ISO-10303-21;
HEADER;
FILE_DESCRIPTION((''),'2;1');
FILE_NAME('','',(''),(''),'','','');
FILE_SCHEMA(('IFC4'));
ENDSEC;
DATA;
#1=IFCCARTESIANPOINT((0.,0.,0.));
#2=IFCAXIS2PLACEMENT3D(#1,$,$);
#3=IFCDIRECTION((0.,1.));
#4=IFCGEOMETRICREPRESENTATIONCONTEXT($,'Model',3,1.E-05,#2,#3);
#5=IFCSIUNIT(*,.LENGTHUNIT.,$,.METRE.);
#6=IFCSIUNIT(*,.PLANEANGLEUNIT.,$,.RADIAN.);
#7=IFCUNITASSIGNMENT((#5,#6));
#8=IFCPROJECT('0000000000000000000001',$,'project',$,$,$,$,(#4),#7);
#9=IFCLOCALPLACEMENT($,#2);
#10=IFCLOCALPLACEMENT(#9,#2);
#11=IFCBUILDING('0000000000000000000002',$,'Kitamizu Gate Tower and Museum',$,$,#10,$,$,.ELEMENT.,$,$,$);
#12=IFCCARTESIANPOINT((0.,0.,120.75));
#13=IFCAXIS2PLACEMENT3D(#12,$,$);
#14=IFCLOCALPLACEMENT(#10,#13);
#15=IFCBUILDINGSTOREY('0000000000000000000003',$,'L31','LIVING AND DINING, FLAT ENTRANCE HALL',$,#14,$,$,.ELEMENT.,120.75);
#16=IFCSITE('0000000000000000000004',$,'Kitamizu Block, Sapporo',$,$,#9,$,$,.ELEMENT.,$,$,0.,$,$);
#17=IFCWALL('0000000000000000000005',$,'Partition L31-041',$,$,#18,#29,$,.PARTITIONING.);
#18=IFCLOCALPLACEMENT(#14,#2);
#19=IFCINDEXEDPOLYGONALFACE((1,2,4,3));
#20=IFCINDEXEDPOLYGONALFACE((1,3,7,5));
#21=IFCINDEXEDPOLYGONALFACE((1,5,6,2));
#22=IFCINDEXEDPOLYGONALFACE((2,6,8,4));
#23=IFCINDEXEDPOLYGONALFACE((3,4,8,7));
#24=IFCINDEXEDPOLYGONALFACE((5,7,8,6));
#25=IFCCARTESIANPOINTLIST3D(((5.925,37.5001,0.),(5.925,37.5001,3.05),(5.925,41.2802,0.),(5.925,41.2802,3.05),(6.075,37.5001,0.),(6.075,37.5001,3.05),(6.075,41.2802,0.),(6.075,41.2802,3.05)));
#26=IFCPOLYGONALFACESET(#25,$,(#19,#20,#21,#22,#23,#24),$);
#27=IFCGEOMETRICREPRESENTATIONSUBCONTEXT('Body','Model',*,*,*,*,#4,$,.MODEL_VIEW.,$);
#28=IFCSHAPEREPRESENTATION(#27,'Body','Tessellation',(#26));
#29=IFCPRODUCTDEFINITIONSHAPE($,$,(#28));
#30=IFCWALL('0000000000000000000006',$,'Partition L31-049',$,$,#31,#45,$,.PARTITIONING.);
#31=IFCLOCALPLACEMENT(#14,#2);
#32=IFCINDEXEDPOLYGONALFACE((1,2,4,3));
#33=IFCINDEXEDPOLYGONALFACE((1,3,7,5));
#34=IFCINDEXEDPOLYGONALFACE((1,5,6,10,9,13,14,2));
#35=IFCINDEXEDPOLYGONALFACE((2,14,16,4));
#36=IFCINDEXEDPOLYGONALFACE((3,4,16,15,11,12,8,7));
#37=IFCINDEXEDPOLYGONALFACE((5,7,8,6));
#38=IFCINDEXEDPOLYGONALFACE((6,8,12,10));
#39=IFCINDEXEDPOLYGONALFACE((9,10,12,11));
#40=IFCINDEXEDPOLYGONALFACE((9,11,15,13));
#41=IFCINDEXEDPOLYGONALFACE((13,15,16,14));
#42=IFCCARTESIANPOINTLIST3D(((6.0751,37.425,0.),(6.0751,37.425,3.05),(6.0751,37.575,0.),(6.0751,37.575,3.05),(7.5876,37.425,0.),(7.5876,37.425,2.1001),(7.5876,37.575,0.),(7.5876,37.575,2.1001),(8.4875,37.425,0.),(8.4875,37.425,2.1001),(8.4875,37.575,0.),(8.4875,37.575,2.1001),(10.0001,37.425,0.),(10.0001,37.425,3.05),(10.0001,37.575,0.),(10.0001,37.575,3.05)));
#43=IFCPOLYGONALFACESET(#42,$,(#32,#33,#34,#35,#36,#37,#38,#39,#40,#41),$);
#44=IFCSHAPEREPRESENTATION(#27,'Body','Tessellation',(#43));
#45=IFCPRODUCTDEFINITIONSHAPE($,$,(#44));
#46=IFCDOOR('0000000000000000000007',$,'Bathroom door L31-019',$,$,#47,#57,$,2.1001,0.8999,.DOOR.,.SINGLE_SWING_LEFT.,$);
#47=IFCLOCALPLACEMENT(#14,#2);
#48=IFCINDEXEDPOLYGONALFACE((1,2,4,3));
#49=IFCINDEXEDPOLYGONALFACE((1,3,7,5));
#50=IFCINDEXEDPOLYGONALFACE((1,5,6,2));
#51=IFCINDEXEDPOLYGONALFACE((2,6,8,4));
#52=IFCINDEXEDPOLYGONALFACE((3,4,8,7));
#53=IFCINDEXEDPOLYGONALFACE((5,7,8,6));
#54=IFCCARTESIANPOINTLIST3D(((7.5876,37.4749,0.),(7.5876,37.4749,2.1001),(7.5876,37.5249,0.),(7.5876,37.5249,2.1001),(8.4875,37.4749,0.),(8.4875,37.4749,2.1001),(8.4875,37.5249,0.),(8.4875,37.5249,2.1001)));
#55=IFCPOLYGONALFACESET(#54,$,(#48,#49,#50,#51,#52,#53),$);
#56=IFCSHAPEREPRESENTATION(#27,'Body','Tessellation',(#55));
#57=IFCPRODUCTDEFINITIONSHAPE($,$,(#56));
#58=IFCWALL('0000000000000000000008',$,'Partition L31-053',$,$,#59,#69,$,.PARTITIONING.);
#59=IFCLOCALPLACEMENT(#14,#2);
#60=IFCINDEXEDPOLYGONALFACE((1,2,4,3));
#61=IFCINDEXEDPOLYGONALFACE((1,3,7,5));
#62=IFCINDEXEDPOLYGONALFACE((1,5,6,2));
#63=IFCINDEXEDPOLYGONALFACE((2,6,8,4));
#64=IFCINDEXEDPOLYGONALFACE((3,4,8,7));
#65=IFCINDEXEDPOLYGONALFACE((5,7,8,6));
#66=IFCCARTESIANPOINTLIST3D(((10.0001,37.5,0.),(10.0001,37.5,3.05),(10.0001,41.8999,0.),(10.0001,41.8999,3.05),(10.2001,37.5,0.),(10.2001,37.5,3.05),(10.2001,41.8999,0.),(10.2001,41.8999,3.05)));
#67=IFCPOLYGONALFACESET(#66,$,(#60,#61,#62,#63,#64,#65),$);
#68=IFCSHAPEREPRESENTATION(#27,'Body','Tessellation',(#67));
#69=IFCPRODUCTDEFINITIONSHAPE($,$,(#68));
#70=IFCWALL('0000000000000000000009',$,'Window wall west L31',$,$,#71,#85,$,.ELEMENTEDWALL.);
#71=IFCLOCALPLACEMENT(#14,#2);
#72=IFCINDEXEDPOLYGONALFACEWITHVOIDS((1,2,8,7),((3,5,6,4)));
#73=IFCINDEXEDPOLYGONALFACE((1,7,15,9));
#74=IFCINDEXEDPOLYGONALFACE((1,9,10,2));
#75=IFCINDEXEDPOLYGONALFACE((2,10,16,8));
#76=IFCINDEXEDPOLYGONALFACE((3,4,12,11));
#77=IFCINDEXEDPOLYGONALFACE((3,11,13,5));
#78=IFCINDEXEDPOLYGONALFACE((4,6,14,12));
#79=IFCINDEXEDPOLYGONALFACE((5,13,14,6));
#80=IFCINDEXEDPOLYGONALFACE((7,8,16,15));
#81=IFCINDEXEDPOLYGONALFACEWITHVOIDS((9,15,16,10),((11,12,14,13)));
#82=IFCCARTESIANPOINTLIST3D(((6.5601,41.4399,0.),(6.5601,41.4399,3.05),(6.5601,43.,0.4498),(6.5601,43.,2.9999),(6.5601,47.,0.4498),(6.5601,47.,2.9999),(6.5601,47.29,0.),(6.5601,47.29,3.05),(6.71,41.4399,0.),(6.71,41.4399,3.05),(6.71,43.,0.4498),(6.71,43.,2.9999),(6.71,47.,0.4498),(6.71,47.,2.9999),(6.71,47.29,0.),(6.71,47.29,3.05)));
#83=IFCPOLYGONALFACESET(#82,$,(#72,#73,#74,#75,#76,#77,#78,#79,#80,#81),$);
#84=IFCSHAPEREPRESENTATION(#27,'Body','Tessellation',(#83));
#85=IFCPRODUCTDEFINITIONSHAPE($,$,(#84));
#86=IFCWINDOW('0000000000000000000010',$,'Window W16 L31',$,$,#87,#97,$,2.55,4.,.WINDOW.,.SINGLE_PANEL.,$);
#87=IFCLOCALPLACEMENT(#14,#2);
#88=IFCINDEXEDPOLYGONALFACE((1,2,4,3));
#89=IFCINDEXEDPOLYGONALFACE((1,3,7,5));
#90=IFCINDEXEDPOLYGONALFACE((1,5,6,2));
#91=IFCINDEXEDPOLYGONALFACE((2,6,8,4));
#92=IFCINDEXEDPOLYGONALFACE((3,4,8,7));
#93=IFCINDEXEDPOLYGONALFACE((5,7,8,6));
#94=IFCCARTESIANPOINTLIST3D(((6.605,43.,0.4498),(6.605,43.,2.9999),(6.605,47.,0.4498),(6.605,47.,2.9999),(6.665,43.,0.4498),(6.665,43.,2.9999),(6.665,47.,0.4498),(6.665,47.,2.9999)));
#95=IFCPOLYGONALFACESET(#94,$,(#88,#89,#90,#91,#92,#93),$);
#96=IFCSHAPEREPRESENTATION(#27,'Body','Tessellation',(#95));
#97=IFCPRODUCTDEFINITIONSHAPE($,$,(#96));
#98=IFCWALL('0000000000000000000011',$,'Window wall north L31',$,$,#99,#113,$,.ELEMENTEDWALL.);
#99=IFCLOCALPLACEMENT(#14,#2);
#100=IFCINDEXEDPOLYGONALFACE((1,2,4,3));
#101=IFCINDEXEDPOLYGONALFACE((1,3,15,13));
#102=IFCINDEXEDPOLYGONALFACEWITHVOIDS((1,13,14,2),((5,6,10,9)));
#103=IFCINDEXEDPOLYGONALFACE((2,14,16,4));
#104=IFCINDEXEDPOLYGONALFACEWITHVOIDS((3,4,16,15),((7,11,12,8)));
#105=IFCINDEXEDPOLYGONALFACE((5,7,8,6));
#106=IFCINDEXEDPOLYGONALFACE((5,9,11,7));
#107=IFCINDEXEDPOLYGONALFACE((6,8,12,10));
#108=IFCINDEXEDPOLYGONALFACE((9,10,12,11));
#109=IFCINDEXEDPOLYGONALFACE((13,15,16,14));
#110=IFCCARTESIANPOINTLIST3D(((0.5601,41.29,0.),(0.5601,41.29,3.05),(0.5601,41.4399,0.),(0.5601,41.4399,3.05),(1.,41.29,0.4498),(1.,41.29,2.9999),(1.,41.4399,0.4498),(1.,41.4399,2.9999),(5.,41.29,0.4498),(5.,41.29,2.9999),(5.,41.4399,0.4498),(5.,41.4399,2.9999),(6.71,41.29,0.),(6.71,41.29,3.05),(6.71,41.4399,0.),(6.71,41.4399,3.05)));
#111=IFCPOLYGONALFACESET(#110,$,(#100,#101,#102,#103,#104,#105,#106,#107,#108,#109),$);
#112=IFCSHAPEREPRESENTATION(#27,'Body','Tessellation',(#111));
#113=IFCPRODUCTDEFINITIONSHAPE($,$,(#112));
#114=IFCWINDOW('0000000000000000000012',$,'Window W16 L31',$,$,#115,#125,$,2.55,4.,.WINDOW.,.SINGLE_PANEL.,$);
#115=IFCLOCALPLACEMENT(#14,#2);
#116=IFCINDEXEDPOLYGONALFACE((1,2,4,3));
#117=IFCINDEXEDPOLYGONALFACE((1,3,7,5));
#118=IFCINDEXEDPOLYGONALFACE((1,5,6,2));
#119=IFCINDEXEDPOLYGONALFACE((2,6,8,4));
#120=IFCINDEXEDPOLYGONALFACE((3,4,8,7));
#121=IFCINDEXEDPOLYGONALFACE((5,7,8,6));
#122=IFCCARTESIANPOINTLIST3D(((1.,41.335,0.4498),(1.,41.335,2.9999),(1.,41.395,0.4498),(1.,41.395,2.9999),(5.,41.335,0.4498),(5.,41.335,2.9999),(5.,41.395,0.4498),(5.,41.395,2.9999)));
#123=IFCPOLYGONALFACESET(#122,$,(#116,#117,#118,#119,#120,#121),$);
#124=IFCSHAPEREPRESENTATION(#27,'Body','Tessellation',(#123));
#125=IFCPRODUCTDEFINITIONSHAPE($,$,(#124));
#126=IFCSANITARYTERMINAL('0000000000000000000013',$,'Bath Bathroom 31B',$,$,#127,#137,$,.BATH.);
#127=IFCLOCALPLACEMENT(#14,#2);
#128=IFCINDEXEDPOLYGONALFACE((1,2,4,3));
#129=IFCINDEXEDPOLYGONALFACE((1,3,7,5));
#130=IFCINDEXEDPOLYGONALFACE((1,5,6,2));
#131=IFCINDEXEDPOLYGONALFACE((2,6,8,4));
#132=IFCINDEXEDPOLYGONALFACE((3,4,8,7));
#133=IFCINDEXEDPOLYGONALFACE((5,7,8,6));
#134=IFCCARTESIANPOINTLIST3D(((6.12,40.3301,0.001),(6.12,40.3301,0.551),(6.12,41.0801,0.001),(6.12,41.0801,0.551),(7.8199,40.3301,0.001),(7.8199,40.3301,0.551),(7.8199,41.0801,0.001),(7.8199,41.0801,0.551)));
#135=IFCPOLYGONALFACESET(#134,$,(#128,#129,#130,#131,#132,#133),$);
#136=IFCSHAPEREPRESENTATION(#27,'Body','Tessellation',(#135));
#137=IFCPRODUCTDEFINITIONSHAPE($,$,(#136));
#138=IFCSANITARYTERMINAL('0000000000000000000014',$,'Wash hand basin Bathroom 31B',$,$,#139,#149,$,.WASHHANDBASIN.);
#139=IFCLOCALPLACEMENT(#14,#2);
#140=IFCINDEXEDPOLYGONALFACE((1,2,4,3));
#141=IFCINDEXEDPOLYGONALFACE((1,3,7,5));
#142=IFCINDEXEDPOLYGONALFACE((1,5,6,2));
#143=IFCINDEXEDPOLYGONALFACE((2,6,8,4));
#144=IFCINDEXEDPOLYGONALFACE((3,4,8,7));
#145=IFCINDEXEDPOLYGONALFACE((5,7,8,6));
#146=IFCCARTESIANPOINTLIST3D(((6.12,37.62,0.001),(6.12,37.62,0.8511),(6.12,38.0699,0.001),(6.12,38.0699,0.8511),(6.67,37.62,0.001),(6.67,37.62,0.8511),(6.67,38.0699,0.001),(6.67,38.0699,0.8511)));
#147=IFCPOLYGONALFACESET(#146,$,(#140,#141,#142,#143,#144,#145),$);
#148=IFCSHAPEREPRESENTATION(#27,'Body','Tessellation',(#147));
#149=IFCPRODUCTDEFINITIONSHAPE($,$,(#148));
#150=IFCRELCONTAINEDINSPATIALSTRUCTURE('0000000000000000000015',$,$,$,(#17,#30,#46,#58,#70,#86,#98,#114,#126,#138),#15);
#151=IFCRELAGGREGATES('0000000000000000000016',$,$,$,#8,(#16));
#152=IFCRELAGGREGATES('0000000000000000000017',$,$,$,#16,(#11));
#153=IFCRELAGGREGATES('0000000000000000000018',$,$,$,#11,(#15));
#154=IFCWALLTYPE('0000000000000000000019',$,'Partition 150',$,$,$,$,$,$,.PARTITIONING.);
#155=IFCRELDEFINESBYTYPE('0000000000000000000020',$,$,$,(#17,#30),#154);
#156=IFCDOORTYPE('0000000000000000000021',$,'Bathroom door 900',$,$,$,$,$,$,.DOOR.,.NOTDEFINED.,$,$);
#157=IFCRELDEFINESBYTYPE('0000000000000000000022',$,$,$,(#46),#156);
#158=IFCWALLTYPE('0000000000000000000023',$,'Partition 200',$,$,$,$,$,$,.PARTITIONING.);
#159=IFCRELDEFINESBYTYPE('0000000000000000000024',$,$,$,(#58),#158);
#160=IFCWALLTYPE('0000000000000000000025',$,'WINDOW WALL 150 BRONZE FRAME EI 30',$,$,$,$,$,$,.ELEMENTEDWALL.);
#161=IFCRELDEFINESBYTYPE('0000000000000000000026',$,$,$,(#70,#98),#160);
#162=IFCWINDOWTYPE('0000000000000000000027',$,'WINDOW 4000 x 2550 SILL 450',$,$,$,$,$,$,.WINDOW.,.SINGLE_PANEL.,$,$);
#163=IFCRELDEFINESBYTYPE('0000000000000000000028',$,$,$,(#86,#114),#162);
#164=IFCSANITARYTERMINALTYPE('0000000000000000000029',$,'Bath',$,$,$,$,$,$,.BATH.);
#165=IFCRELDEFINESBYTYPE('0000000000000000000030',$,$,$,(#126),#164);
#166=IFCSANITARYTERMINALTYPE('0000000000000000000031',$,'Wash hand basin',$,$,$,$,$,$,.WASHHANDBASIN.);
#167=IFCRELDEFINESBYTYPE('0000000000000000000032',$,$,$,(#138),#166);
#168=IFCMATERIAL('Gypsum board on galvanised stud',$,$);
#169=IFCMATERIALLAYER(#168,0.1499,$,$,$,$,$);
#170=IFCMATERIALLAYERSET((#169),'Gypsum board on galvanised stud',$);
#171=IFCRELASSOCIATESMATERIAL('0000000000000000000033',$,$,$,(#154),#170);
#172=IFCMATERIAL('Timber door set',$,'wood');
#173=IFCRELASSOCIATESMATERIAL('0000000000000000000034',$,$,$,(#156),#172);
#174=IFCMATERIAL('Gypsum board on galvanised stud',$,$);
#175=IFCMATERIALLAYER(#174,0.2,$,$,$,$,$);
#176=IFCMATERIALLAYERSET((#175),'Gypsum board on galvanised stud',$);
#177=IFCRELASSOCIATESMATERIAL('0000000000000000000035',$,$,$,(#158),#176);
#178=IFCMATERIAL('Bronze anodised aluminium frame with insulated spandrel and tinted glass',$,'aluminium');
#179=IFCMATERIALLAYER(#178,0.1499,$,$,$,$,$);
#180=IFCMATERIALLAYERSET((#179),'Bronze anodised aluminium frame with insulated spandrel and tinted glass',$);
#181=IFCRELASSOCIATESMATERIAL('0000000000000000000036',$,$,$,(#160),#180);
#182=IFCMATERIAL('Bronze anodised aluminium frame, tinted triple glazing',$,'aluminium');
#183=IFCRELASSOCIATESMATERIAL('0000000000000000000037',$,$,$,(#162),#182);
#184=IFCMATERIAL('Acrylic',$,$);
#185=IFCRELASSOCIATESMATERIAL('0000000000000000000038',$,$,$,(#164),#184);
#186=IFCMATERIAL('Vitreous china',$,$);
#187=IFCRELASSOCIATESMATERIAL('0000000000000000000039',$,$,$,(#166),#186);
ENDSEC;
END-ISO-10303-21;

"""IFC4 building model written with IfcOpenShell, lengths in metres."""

from ifc_helpers import new_model, si_unit, direction, frame, frame_2d, origin, origin_2d, place, context, subcontext, project, spatial, rectangle, extrude, material, layer, layer_set, type_object, element, fill, save


model = new_model("IFC4")

# Units and contexts
model_context = context("Model", 3, precision=1e-05, world=origin(), true_north=direction((0.0, 1.0)))
body_context = subcontext(model_context, "Body", "Model", "MODEL_VIEW")
ifc_project = project(units=[si_unit("LENGTHUNIT", "METRE"), si_unit("PLANEANGLEUNIT", "RADIAN")], contexts=[model_context])

# Site, building, storey
site_placement = place(None, origin())
site = spatial("IfcSite", under=ifc_project, at=site_placement, Name="Kitamizu Block, Sapporo", CompositionType="ELEMENT", RefElevation=0.0)
building_placement = place(site_placement, origin())
building = spatial("IfcBuilding", under=site, at=building_placement, Name="Kitamizu Gate Tower and Museum", CompositionType="ELEMENT")
storey_placement = place(building_placement, frame((0.0, 0.0, 120.75)))
storey = spatial("IfcBuildingStorey", under=building, at=storey_placement, Name="L31", Description="LIVING AND DINING, FLAT ENTRANCE HALL", CompositionType="ELEMENT", Elevation=120.75)

# Wall
ifc_material_1 = material(Name="Gypsum board on galvanised stud")
ifc_layer_1 = layer(ifc_material_1, 0.1499)
ifc_layer_set_1 = layer_set([ifc_layer_1], Name="Gypsum board on galvanised stud")
wall_type_1 = type_object("IfcWallType", Name="Partition 150", PredefinedType="PARTITIONING", material=ifc_layer_set_1)
wall_1_placement = place(storey_placement, frame((6.0, 37.5, 0.0), z_axis=(0.0, 0.0, 1.0), x_axis=(0.0, 1.0, 0.0)))
element("IfcWall", 1, at=wall_1_placement, inside=storey, type_object=wall_type_1, Name="Partition L31-041", PredefinedType="PARTITIONING", context=body_context, shape_type="SweptSolid", body=[
    extrude(rectangle(XDim=3.78, YDim=0.1499, at=frame_2d((1.8901, 0.0))), origin(), (0.0, 0.0, 1.0), 3.05),
])

# Wall, opening, door
wall_2_placement = place(storey_placement, frame((10.0, 37.5, 0.0), z_axis=(0.0, 0.0, 1.0), x_axis=(-1.0, 0.0, 0.0)))
wall_2 = element("IfcWall", 2, at=wall_2_placement, inside=storey, type_object=wall_type_1, Name="Partition L31-049", PredefinedType="PARTITIONING", context=body_context, shape_type="SweptSolid", body=[
    extrude(rectangle(XDim=3.925, YDim=0.1499, at=frame_2d((1.9624, 0.0))), origin(), (0.0, 0.0, 1.0), 3.05),
])
opening_1_placement = place(wall_2_placement, frame((1.5125, 0.0, 0.0)))
opening_1 = element("IfcOpeningElement", 3, at=opening_1_placement, cuts=wall_2, PredefinedType="OPENING", context=body_context, shape_type="SweptSolid", body=[
    extrude(rectangle(XDim=0.8999, YDim=2.1001, at=frame_2d((0.45, 1.05))), frame((0.0, 0.085, 0.0), z_axis=(0.0, -1.0, 0.0), x_axis=(1.0, 0.0, 0.0)), (0.0, 0.0, 1.0), 0.1699),
])
ifc_material_2 = material(Name="Timber door set", Category="wood")
door_type = type_object("IfcDoorType", Name="Bathroom door 900", OperationType="NOTDEFINED", PredefinedType="DOOR", material=ifc_material_2)
door_placement = place(opening_1_placement, frame((0.8999, 0.0, 0.0), x_axis=(-1.0, 0.0, 0.0)))
door = element("IfcDoor", 4, at=door_placement, inside=storey, type_object=door_type, Name="Bathroom door L31-019", OperationType="SINGLE_SWING_LEFT", OverallHeight=2.1001, OverallWidth=0.8999, PredefinedType="DOOR", context=body_context, shape_type="SweptSolid", body=[
    extrude(rectangle(XDim=0.8999, YDim=2.1001, at=frame_2d((0.45, 1.05))), frame((0.0, 0.0249, 0.0), z_axis=(0.0, -1.0, 0.0), x_axis=(1.0, 0.0, 0.0)), (0.0, 0.0, 1.0), 0.05),
])
fill(opening_1, door)

# Wall
ifc_material_3 = material(Name="Gypsum board on galvanised stud")
ifc_layer_2 = layer(ifc_material_3, 0.2)
ifc_layer_set_2 = layer_set([ifc_layer_2], Name="Gypsum board on galvanised stud")
wall_type_2 = type_object("IfcWallType", Name="Partition 200", PredefinedType="PARTITIONING", material=ifc_layer_set_2)
wall_3_placement = place(storey_placement, frame((10.1001, 37.5, 0.0), z_axis=(0.0, 0.0, 1.0), x_axis=(0.0, 1.0, 0.0)))
element("IfcWall", 5, at=wall_3_placement, inside=storey, type_object=wall_type_2, Name="Partition L31-053", PredefinedType="PARTITIONING", context=body_context, shape_type="SweptSolid", body=[
    extrude(rectangle(XDim=4.3999, YDim=0.2, at=frame_2d((2.2, 0.0))), origin(), (0.0, 0.0, 1.0), 3.05),
])

# Shared definitions
ifc_material_4 = material(Name="Bronze anodised aluminium frame with insulated spandrel and tinted glass", Category="aluminium")
ifc_layer_3 = layer(ifc_material_4, 0.1499)
ifc_layer_set_3 = layer_set([ifc_layer_3], Name="Bronze anodised aluminium frame with insulated spandrel and tinted glass")
wall_type_3 = type_object("IfcWallType", Name="WINDOW WALL 150 BRONZE FRAME EI 30", PredefinedType="ELEMENTEDWALL", material=ifc_layer_set_3)

# Walls, openings, windows
wall_4_placement = place(storey_placement, frame((6.635, 41.4399, 0.0), z_axis=(0.0, 0.0, 1.0), x_axis=(0.0, 1.0, 0.0)))
wall_4 = element("IfcWall", 6, at=wall_4_placement, inside=storey, type_object=wall_type_3, Name="Window wall west L31", PredefinedType="ELEMENTEDWALL", context=body_context, shape_type="SweptSolid", body=[
    extrude(rectangle(XDim=5.8501, YDim=0.1499, at=frame_2d((2.925, 0.0))), origin(), (0.0, 0.0, 1.0), 3.05),
])
opening_2_placement = place(wall_4_placement, frame((1.5601, 0.0, 0.45)))
opening_2 = element("IfcOpeningElement", 7, at=opening_2_placement, cuts=wall_4, PredefinedType="OPENING", context=body_context, shape_type="SweptSolid", body=[
    extrude(rectangle(XDim=4.0, YDim=2.55, at=frame_2d((2.0, 1.2749))), frame((0.0, 0.085, 0.0), z_axis=(0.0, -1.0, 0.0), x_axis=(1.0, 0.0, 0.0)), (0.0, 0.0, 1.0), 0.1699),
])
ifc_material_5 = material(Name="Bronze anodised aluminium frame, tinted triple glazing", Category="aluminium")
window_type_1 = type_object("IfcWindowType", Name="WINDOW 4000 x 2550 SILL 450", PartitioningType="SINGLE_PANEL", PredefinedType="WINDOW", material=ifc_material_5)
window_1_placement = place(opening_2_placement, origin())
window_1 = element("IfcWindow", 8, at=window_1_placement, inside=storey, type_object=window_type_1, Name="Window W16 L31", OverallHeight=2.55, OverallWidth=4.0, PartitioningType="SINGLE_PANEL", PredefinedType="WINDOW", context=body_context, shape_type="SweptSolid", body=[
    extrude(rectangle(XDim=4.0, YDim=2.55, at=frame_2d((2.0, 1.2749))), frame((0.0, 0.03, 0.0), z_axis=(0.0, -1.0, 0.0), x_axis=(1.0, 0.0, 0.0)), (0.0, 0.0, 1.0), 0.0601),
])
fill(opening_2, window_1)
wall_5_placement = place(storey_placement, frame((0.5601, 41.365, 0.0), z_axis=(0.0, 0.0, 1.0), x_axis=(1.0, 0.0, 0.0)))
wall_5 = element("IfcWall", 9, at=wall_5_placement, inside=storey, type_object=wall_type_3, Name="Window wall north L31", PredefinedType="ELEMENTEDWALL", context=body_context, shape_type="SweptSolid", body=[
    extrude(rectangle(XDim=6.1499, YDim=0.1499, at=frame_2d((3.075, 0.0))), origin(), (0.0, 0.0, 1.0), 3.05),
])
opening_3_placement = place(wall_5_placement, frame((0.4399, 0.0, 0.45)))
opening_3 = element("IfcOpeningElement", 10, at=opening_3_placement, cuts=wall_5, PredefinedType="OPENING", context=body_context, shape_type="SweptSolid", body=[
    extrude(rectangle(XDim=4.0, YDim=2.55, at=frame_2d((2.0, 1.2749))), frame((0.0, 0.085, 0.0), z_axis=(0.0, -1.0, 0.0), x_axis=(1.0, 0.0, 0.0)), (0.0, 0.0, 1.0), 0.1699),
])
window_2_placement = place(opening_3_placement, origin())
window_2 = element("IfcWindow", 11, at=window_2_placement, inside=storey, type_object=window_type_1, Name="Window W16 L31", OverallHeight=2.55, OverallWidth=4.0, PartitioningType="SINGLE_PANEL", PredefinedType="WINDOW", context=body_context, shape_type="SweptSolid", body=[
    extrude(rectangle(XDim=4.0, YDim=2.55, at=frame_2d((2.0, 1.2749))), frame((0.0, 0.03, 0.0), z_axis=(0.0, -1.0, 0.0), x_axis=(1.0, 0.0, 0.0)), (0.0, 0.0, 1.0), 0.0601),
])
fill(opening_3, window_2)

# Sanitary terminals
ifc_material_6 = material(Name="Acrylic")
sanitary_terminal_type_1 = type_object("IfcSanitaryTerminalType", Name="Bath", PredefinedType="BATH", material=ifc_material_6)
sanitary_terminal_1_placement = place(storey_placement, frame((6.97, 40.7051, 0.001), z_axis=(0.0, 0.0, 1.0), x_axis=(1.0, 0.0, 0.0)))
element("IfcSanitaryTerminal", 12, at=sanitary_terminal_1_placement, inside=storey, type_object=sanitary_terminal_type_1, Name="Bath Bathroom 31B", PredefinedType="BATH", context=body_context, shape_type="SweptSolid", body=[
    extrude(rectangle(XDim=1.7, YDim=0.75, at=origin_2d()), origin(), (0.0, 0.0, 1.0), 0.55),
])
ifc_material_7 = material(Name="Vitreous china")
sanitary_terminal_type_2 = type_object("IfcSanitaryTerminalType", Name="Wash hand basin", PredefinedType="WASHHANDBASIN", material=ifc_material_7)
sanitary_terminal_2_placement = place(storey_placement, frame((6.395, 37.845, 0.001), z_axis=(0.0, 0.0, 1.0), x_axis=(1.0, 0.0, 0.0)))
element("IfcSanitaryTerminal", 13, at=sanitary_terminal_2_placement, inside=storey, type_object=sanitary_terminal_type_2, Name="Wash hand basin Bathroom 31B", PredefinedType="WASHHANDBASIN", context=body_context, shape_type="SweptSolid", body=[
    extrude(rectangle(XDim=0.55, YDim=0.45, at=origin_2d()), origin(), (0.0, 0.0, 1.0), 0.8501),
])

save(model, "model.ifc")
